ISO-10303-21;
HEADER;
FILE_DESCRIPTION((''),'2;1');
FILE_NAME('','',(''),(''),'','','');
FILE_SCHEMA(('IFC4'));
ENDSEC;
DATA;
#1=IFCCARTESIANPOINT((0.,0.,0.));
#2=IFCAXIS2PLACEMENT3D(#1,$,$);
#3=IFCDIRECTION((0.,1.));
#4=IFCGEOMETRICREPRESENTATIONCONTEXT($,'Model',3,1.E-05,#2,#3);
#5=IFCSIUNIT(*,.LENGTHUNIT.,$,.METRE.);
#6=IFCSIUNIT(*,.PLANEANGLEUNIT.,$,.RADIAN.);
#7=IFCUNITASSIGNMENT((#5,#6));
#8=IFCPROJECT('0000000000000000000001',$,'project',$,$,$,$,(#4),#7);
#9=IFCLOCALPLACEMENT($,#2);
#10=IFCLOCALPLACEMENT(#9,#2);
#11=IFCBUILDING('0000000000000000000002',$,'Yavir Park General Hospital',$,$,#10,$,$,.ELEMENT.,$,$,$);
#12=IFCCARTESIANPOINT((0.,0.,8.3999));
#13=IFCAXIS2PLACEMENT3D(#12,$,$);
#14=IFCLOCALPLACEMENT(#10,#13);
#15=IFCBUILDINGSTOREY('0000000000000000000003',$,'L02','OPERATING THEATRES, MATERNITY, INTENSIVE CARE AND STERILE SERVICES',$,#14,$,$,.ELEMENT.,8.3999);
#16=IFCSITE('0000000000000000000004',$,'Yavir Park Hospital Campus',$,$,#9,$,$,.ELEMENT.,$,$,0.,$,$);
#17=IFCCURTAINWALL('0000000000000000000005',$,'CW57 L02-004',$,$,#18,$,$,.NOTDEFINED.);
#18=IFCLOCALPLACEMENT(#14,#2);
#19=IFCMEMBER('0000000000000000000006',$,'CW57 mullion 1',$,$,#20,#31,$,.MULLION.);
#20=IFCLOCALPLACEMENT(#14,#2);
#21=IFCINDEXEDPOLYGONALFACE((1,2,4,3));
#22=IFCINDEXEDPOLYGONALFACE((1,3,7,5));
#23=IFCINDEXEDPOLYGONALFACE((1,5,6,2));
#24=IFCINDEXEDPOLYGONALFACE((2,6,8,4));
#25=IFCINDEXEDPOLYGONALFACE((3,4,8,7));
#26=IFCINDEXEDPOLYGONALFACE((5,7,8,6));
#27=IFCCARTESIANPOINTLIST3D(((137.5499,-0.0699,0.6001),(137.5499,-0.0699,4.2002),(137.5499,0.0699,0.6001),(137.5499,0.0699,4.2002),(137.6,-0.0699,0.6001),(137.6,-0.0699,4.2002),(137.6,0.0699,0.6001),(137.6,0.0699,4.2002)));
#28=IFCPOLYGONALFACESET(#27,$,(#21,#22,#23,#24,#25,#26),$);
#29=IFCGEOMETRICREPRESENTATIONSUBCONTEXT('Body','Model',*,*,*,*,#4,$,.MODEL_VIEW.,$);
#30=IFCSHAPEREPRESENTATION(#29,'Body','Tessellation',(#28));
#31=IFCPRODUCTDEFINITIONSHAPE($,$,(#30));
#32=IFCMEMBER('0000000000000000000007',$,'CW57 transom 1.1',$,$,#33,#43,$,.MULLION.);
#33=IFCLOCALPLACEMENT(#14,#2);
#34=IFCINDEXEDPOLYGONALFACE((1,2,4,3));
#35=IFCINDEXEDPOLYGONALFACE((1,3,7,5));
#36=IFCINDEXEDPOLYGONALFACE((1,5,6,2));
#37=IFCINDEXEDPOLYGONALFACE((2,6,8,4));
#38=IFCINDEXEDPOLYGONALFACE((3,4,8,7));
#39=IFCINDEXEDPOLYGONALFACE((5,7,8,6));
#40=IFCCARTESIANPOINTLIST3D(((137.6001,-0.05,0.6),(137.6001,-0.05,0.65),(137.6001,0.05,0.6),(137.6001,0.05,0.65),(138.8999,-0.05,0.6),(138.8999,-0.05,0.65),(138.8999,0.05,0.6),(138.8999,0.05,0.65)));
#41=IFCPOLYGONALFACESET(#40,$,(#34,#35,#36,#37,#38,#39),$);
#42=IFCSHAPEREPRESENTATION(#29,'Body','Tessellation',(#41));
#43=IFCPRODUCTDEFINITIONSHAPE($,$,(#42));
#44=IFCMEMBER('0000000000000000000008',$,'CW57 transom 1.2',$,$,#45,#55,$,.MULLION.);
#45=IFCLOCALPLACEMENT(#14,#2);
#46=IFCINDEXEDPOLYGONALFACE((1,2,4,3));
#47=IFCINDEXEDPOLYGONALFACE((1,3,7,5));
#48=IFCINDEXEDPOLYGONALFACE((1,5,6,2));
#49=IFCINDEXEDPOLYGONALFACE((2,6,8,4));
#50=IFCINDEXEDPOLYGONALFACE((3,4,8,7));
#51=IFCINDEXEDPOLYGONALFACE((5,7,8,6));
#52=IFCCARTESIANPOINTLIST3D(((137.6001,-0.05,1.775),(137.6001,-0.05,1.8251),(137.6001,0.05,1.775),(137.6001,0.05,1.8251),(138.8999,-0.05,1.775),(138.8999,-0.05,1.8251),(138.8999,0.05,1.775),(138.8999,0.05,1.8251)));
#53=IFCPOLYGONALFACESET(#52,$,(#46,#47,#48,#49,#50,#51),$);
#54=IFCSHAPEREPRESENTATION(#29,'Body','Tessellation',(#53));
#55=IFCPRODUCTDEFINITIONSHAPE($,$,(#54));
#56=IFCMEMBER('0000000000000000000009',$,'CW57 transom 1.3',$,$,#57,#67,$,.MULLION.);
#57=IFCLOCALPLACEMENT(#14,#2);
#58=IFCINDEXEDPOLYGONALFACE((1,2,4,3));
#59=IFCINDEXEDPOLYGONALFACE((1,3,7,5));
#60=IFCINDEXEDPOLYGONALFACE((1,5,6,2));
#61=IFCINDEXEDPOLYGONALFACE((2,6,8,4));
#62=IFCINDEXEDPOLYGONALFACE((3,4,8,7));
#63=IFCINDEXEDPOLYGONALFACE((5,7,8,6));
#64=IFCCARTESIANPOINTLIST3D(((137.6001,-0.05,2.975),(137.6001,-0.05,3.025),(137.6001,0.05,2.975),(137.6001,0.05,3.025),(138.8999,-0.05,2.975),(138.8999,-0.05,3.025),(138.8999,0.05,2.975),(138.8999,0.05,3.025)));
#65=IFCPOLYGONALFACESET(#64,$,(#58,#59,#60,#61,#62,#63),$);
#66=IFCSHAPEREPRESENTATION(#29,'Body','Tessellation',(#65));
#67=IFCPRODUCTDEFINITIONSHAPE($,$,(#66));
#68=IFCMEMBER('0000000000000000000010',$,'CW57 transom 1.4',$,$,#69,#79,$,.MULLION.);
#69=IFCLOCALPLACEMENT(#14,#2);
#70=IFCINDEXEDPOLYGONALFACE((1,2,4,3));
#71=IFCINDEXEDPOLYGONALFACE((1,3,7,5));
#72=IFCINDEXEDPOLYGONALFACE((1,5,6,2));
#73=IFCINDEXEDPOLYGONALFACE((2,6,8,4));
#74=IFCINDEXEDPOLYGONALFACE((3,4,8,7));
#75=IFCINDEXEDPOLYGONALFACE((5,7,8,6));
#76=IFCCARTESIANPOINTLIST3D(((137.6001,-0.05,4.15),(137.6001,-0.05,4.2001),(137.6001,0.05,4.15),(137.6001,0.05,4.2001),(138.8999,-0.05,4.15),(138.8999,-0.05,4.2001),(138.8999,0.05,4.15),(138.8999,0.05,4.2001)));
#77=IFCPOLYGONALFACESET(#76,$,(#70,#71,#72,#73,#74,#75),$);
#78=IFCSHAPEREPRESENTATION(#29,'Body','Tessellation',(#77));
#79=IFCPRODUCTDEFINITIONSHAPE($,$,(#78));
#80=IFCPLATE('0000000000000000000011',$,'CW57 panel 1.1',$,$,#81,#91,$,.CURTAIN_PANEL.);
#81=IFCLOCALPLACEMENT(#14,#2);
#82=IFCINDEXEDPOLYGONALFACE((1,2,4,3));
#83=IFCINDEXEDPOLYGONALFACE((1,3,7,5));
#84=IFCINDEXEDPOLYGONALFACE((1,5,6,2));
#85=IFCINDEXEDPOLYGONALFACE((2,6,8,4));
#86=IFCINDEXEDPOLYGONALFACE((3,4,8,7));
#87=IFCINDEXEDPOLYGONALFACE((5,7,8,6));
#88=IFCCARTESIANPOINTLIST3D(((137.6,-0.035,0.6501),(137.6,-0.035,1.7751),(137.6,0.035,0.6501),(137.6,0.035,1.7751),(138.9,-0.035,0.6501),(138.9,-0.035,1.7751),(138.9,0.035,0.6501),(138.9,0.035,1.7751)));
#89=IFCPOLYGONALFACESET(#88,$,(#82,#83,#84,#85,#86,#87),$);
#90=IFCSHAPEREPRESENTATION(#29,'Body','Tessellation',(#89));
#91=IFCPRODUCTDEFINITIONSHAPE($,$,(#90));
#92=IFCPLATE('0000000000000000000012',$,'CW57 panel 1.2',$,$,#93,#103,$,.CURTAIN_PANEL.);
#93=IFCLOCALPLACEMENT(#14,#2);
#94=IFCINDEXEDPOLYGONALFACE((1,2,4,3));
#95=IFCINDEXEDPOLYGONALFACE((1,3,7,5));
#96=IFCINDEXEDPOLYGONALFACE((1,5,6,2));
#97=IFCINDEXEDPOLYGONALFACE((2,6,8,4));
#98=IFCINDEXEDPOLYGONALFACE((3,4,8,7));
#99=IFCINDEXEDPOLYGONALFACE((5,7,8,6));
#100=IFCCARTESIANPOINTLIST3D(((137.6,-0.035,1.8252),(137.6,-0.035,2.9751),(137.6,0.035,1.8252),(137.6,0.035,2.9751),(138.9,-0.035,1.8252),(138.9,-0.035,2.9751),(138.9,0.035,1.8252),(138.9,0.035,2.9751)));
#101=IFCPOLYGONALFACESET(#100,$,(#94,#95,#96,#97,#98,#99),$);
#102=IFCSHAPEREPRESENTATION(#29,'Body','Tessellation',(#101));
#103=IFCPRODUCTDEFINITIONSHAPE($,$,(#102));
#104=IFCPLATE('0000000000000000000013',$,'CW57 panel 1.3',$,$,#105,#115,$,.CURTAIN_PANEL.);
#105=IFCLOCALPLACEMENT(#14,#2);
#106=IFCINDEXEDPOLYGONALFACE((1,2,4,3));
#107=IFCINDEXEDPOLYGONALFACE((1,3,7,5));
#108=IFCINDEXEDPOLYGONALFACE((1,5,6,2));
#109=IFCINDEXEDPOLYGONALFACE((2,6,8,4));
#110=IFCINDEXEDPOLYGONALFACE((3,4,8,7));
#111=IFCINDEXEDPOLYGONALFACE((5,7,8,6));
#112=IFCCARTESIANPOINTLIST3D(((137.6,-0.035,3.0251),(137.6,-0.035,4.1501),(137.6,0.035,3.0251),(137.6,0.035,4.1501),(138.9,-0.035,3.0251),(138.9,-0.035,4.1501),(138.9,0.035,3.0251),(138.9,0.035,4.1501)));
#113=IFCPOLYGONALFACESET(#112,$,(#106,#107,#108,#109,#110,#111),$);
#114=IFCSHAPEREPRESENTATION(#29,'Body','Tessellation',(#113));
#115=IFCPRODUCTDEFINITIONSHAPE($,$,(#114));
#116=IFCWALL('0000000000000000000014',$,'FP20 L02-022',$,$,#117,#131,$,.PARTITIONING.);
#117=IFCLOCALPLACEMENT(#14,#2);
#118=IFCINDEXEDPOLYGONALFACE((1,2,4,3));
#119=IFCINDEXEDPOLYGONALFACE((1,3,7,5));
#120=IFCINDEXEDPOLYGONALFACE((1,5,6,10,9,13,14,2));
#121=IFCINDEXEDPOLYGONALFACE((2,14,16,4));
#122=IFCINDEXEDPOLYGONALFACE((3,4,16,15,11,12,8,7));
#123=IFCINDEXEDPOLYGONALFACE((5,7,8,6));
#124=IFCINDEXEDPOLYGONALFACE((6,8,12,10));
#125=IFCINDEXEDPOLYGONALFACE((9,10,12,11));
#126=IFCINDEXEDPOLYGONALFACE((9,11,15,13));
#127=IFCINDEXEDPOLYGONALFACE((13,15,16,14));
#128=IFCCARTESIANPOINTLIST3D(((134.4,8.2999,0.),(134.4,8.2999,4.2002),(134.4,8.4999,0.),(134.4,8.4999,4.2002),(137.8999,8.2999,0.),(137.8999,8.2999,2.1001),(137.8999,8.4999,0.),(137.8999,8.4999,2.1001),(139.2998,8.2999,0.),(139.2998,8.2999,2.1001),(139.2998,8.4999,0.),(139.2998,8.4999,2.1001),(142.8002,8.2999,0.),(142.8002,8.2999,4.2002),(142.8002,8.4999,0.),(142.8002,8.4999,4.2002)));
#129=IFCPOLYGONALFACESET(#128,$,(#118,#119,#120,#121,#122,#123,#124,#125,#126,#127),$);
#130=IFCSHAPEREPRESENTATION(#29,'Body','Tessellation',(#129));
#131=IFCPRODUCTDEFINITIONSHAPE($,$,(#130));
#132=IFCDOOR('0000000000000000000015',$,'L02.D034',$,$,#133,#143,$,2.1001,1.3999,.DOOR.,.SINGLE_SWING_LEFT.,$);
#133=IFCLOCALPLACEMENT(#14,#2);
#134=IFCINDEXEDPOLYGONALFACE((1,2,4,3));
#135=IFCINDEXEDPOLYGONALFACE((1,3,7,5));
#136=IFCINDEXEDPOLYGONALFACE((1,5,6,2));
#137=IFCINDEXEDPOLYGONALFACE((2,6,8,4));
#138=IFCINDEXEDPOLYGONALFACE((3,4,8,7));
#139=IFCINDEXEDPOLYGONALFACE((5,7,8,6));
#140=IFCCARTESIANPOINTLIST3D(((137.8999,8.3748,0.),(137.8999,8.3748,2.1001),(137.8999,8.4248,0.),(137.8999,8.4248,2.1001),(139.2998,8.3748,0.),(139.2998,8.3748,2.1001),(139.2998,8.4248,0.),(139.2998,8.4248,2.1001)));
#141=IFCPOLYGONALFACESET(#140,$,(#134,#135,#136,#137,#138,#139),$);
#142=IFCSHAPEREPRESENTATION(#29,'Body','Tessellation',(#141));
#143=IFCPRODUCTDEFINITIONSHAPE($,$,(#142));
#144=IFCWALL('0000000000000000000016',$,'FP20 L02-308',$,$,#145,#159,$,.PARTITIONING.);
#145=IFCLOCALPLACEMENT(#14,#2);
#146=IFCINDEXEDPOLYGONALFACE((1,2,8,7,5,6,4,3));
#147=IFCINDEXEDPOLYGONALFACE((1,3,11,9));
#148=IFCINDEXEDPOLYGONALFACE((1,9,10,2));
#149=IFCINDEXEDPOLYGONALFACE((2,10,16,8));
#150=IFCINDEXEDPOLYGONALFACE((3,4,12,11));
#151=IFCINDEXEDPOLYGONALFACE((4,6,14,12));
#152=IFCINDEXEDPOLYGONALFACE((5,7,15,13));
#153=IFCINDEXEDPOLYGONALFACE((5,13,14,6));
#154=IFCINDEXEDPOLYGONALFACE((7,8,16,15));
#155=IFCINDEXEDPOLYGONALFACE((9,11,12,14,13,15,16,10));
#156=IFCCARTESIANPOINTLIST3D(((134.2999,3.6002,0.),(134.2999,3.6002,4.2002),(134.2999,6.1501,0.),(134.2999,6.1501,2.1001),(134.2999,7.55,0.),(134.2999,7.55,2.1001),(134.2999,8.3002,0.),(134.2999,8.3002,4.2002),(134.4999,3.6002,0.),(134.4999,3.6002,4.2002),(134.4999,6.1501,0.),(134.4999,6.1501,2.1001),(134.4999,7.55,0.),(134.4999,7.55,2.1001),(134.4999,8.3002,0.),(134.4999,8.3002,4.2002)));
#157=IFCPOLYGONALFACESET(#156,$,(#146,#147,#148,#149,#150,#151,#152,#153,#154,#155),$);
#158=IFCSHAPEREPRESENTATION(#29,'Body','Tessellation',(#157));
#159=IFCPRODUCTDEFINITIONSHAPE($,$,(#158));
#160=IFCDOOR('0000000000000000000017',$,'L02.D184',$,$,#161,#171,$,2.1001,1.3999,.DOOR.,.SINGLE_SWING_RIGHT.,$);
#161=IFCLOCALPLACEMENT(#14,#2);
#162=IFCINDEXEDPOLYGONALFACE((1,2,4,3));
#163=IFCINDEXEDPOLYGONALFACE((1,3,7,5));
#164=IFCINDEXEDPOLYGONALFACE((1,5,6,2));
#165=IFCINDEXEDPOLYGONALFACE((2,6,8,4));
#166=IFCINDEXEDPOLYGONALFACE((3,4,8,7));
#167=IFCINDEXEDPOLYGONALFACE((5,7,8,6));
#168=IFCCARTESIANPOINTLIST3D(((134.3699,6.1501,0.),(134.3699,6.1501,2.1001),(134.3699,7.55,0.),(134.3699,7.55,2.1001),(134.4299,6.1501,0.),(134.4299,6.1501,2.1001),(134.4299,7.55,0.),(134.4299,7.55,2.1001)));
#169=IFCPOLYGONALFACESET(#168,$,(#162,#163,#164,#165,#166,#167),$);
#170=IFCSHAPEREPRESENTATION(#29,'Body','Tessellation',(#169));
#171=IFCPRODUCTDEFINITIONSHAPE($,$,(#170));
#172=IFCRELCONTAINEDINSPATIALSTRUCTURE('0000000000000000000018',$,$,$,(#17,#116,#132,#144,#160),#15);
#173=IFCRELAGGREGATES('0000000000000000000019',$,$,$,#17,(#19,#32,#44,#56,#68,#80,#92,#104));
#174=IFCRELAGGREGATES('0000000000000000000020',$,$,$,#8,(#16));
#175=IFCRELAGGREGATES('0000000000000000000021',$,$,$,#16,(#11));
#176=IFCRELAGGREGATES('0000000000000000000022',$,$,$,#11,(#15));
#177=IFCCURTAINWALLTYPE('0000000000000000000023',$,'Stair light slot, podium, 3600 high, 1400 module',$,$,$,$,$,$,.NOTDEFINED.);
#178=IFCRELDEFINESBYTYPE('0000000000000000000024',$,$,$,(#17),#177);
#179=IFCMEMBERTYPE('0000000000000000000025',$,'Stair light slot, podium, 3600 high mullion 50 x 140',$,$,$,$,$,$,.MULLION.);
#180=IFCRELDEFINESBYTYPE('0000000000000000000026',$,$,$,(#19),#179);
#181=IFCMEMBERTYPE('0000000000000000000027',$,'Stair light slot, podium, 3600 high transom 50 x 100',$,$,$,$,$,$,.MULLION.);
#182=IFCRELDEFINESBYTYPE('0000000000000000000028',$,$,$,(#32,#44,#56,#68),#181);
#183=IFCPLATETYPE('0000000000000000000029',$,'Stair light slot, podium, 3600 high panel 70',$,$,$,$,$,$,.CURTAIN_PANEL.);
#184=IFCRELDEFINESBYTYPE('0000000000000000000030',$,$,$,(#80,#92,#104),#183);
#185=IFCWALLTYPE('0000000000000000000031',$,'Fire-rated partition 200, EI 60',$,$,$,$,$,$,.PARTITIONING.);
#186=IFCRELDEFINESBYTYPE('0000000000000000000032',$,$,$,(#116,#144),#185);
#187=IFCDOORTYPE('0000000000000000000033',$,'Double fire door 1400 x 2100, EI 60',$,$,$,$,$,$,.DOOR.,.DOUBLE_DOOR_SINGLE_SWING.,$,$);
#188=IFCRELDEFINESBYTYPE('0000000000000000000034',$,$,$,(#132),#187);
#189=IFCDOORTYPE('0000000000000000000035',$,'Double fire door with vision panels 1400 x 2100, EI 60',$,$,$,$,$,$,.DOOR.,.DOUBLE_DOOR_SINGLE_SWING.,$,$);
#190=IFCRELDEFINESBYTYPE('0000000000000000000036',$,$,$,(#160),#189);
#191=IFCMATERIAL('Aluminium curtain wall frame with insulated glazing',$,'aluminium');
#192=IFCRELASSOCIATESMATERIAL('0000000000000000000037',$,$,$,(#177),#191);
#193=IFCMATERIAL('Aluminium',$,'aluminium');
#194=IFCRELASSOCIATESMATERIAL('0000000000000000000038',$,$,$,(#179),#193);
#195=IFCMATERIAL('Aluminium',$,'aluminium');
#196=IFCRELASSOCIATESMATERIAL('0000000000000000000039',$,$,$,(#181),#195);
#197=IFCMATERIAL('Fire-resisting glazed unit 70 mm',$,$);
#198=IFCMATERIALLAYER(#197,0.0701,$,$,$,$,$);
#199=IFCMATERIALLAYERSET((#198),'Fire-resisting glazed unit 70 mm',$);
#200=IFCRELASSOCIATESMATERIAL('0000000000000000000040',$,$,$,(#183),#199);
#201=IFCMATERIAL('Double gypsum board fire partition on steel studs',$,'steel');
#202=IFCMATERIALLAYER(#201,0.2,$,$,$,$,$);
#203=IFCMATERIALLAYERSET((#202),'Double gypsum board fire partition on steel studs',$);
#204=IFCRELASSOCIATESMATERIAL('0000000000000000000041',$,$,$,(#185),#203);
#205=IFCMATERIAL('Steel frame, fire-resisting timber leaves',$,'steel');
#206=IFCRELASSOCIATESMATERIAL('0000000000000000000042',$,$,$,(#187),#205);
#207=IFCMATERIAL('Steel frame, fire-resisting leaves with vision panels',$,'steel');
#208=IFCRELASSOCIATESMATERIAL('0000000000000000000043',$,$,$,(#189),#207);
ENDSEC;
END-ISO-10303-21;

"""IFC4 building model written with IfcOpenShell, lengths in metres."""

from ifc_helpers import new_model, si_unit, direction, frame, frame_2d, origin, origin_2d, place, context, subcontext, project, spatial, rectangle, extrude, material, layer, layer_set, material_profile, profile_set, type_object, element, fill, aggregate, save


model = new_model("IFC4")

# Units and contexts
model_context = context("Model", 3, precision=1e-05, world=origin(), true_north=direction((0.0, 1.0)))
body_context = subcontext(model_context, "Body", "Model", "MODEL_VIEW")
ifc_project = project(units=[si_unit("LENGTHUNIT", "METRE"), si_unit("PLANEANGLEUNIT", "RADIAN")], contexts=[model_context])

# Site, building, storey
site_placement = place(None, origin())
site = spatial("IfcSite", under=ifc_project, at=site_placement, Name="Yavir Park Hospital Campus", CompositionType="ELEMENT", RefElevation=0.0)
building_placement = place(site_placement, origin())
building = spatial("IfcBuilding", under=site, at=building_placement, Name="Yavir Park General Hospital", CompositionType="ELEMENT")
storey_placement = place(building_placement, frame((0.0, 0.0, 8.3999)))
storey = spatial("IfcBuildingStorey", under=building, at=storey_placement, Name="L02", Description="OPERATING THEATRES, MATERNITY, INTENSIVE CARE AND STERILE SERVICES", CompositionType="ELEMENT", Elevation=8.3999)

# Curtain wall, members, plates
ifc_material_1 = material(Name="Aluminium curtain wall frame with insulated glazing", Category="aluminium")
curtain_wall_type = type_object("IfcCurtainWallType", Name="Stair light slot, podium, 3600 high, 1400 module", PredefinedType="NOTDEFINED", material=ifc_material_1)
curtain_wall_placement = place(storey_placement, origin())
curtain_wall = element("IfcCurtainWall", 1, at=curtain_wall_placement, inside=storey, type_object=curtain_wall_type, Name="CW57 L02-004", PredefinedType="NOTDEFINED")
ifc_material_2 = material(Name="Aluminium", Category="aluminium")
ifc_material_profile_1 = material_profile(ifc_material_2, rectangle(XDim=0.1399, YDim=0.05, at=origin_2d()), Name="AL 50x140")
ifc_profile_set_1 = profile_set([ifc_material_profile_1], Name="Aluminium")
member_type_1 = type_object("IfcMemberType", Name="Stair light slot, podium, 3600 high mullion 50 x 140", PredefinedType="MULLION", material=ifc_profile_set_1)
member_1_placement = place(storey_placement, frame((137.575, 0.0, 0.6001), z_axis=(0.0, 0.0, 1.0), x_axis=(0.0, 1.0, 0.0)))
member_1 = element("IfcMember", 2, at=member_1_placement, type_object=member_type_1, Name="CW57 mullion 1", PredefinedType="MULLION", context=body_context, shape_type="SweptSolid", body=[
    extrude(rectangle(XDim=0.1399, YDim=0.05, at=origin_2d()), origin(), (0.0, 0.0, 1.0), 3.6001),
])
ifc_material_3 = material(Name="Aluminium", Category="aluminium")
ifc_material_profile_2 = material_profile(ifc_material_3, rectangle(XDim=0.1001, YDim=0.05, at=origin_2d()), Name="AL 100x50")
ifc_profile_set_2 = profile_set([ifc_material_profile_2], Name="Aluminium")
member_type_2 = type_object("IfcMemberType", Name="Stair light slot, podium, 3600 high transom 50 x 100", PredefinedType="MULLION", material=ifc_profile_set_2)
member_2_placement = place(storey_placement, frame((137.6001, 0.0, 0.625), z_axis=(1.0, 0.0, 0.0), x_axis=(0.0, 1.0, 0.0)))
member_2 = element("IfcMember", 3, at=member_2_placement, type_object=member_type_2, Name="CW57 transom 1.1", PredefinedType="MULLION", context=body_context, shape_type="SweptSolid", body=[
    extrude(rectangle(XDim=0.1001, YDim=0.05, at=origin_2d()), origin(), (0.0, 0.0, 1.0), 1.2998),
])
member_3_placement = place(storey_placement, frame((137.6001, 0.0, 1.8), z_axis=(1.0, 0.0, 0.0), x_axis=(0.0, 1.0, 0.0)))
member_3 = element("IfcMember", 4, at=member_3_placement, type_object=member_type_2, Name="CW57 transom 1.2", PredefinedType="MULLION", context=body_context, shape_type="SweptSolid", body=[
    extrude(rectangle(XDim=0.1001, YDim=0.05, at=origin_2d()), origin(), (0.0, 0.0, 1.0), 1.2998),
])
member_4_placement = place(storey_placement, frame((137.6001, 0.0, 3.0), z_axis=(1.0, 0.0, 0.0), x_axis=(0.0, 1.0, 0.0)))
member_4 = element("IfcMember", 5, at=member_4_placement, type_object=member_type_2, Name="CW57 transom 1.3", PredefinedType="MULLION", context=body_context, shape_type="SweptSolid", body=[
    extrude(rectangle(XDim=0.1001, YDim=0.05, at=origin_2d()), origin(), (0.0, 0.0, 1.0), 1.2998),
])
member_5_placement = place(storey_placement, frame((137.6001, 0.0, 4.175), z_axis=(1.0, 0.0, 0.0), x_axis=(0.0, 1.0, 0.0)))
member_5 = element("IfcMember", 6, at=member_5_placement, type_object=member_type_2, Name="CW57 transom 1.4", PredefinedType="MULLION", context=body_context, shape_type="SweptSolid", body=[
    extrude(rectangle(XDim=0.1001, YDim=0.05, at=origin_2d()), origin(), (0.0, 0.0, 1.0), 1.2998),
])
ifc_material_4 = material(Name="Fire-resisting glazed unit 70 mm")
ifc_layer_1 = layer(ifc_material_4, 0.0701)
ifc_layer_set_1 = layer_set([ifc_layer_1], Name="Fire-resisting glazed unit 70 mm")
plate_type = type_object("IfcPlateType", Name="Stair light slot, podium, 3600 high panel 70", PredefinedType="CURTAIN_PANEL", material=ifc_layer_set_1)
plate_1_placement = place(storey_placement, frame((138.25, 0.0, 0.6501), z_axis=(0.0, 0.0, 1.0), x_axis=(1.0, 0.0, 0.0)))
plate_1 = element("IfcPlate", 7, at=plate_1_placement, type_object=plate_type, Name="CW57 panel 1.1", PredefinedType="CURTAIN_PANEL", context=body_context, shape_type="SweptSolid", body=[
    extrude(rectangle(XDim=1.3, YDim=0.0701, at=origin_2d()), origin(), (0.0, 0.0, 1.0), 1.125),
])
plate_2_placement = place(storey_placement, frame((138.25, 0.0, 1.8252), z_axis=(0.0, 0.0, 1.0), x_axis=(1.0, 0.0, 0.0)))
plate_2 = element("IfcPlate", 8, at=plate_2_placement, type_object=plate_type, Name="CW57 panel 1.2", PredefinedType="CURTAIN_PANEL", context=body_context, shape_type="SweptSolid", body=[
    extrude(rectangle(XDim=1.3, YDim=0.0701, at=origin_2d()), origin(), (0.0, 0.0, 1.0), 1.1499),
])
plate_3_placement = place(storey_placement, frame((138.25, 0.0, 3.0251), z_axis=(0.0, 0.0, 1.0), x_axis=(1.0, 0.0, 0.0)))
plate_3 = element("IfcPlate", 9, at=plate_3_placement, type_object=plate_type, Name="CW57 panel 1.3", PredefinedType="CURTAIN_PANEL", context=body_context, shape_type="SweptSolid", body=[
    extrude(rectangle(XDim=1.3, YDim=0.0701, at=origin_2d()), origin(), (0.0, 0.0, 1.0), 1.125),
])
aggregate(curtain_wall, [member_1, member_2, member_3, member_4, member_5, plate_1, plate_2, plate_3])

# Walls, openings, doors
ifc_material_5 = material(Name="Double gypsum board fire partition on steel studs", Category="steel")
ifc_layer_2 = layer(ifc_material_5, 0.2)
ifc_layer_set_2 = layer_set([ifc_layer_2], Name="Double gypsum board fire partition on steel studs")
wall_type_1 = type_object("IfcWallType", Name="Fire-rated partition 200, EI 60", PredefinedType="PARTITIONING", material=ifc_layer_set_2)
wall_1_placement = place(storey_placement, frame((134.3999, 8.3999, 0.0), z_axis=(0.0, 0.0, 1.0), x_axis=(1.0, 0.0, 0.0)))
wall_1 = element("IfcWall", 10, at=wall_1_placement, inside=storey, type_object=wall_type_1, Name="FP20 L02-022", PredefinedType="PARTITIONING", context=body_context, shape_type="SweptSolid", body=[
    extrude(rectangle(XDim=8.4001, YDim=0.2, at=frame_2d((4.2002, 0.0))), origin(), (0.0, 0.0, 1.0), 4.2002),
])
opening_1_placement = place(wall_1_placement, frame((3.5, 0.0, 0.0)))
opening_1 = element("IfcOpeningElement", 11, at=opening_1_placement, cuts=wall_1, PredefinedType="OPENING", context=body_context, shape_type="SweptSolid", body=[
    extrude(rectangle(XDim=1.3999, YDim=2.1001, at=frame_2d((0.7, 1.05))), frame((0.0, 0.1099, 0.0), z_axis=(0.0, -1.0, 0.0), x_axis=(1.0, 0.0, 0.0)), (0.0, 0.0, 1.0), 0.22),
])
ifc_material_6 = material(Name="Steel frame, fire-resisting timber leaves", Category="steel")
door_type_1 = type_object("IfcDoorType", Name="Double fire door 1400 x 2100, EI 60", OperationType="DOUBLE_DOOR_SINGLE_SWING", PredefinedType="DOOR", material=ifc_material_6)
door_1_placement = place(opening_1_placement, origin())
door_1 = element("IfcDoor", 12, at=door_1_placement, inside=storey, type_object=door_type_1, Name="L02.D034", OperationType="SINGLE_SWING_LEFT", OverallHeight=2.1001, OverallWidth=1.3999, PredefinedType="DOOR", context=body_context, shape_type="SweptSolid", body=[
    extrude(rectangle(XDim=1.3999, YDim=2.1001, at=frame_2d((0.7, 1.05))), frame((0.0, 0.0249, 0.0), z_axis=(0.0, -1.0, 0.0), x_axis=(1.0, 0.0, 0.0)), (0.0, 0.0, 1.0), 0.05),
])
fill(opening_1, door_1)
wall_2_placement = place(storey_placement, frame((134.3999, 3.6001, 0.0), z_axis=(0.0, 0.0, 1.0), x_axis=(0.0, 1.0, 0.0)))
wall_2 = element("IfcWall", 13, at=wall_2_placement, inside=storey, type_object=wall_type_1, Name="FP20 L02-308", PredefinedType="PARTITIONING", context=body_context, shape_type="SweptSolid", body=[
    extrude(rectangle(XDim=4.7, YDim=0.2, at=frame_2d((2.3501, 0.0))), origin(), (0.0, 0.0, 1.0), 4.2002),
])
opening_2_placement = place(wall_2_placement, frame((2.55, 0.0, 0.0)))
opening_2 = element("IfcOpeningElement", 14, at=opening_2_placement, cuts=wall_2, PredefinedType="OPENING", context=body_context, shape_type="SweptSolid", body=[
    extrude(rectangle(XDim=1.3999, YDim=2.1001, at=frame_2d((0.7, 1.05))), frame((0.0, 0.1099, 0.0), z_axis=(0.0, -1.0, 0.0), x_axis=(1.0, 0.0, 0.0)), (0.0, 0.0, 1.0), 0.22),
])
ifc_material_7 = material(Name="Steel frame, fire-resisting leaves with vision panels", Category="steel")
door_type_2 = type_object("IfcDoorType", Name="Double fire door with vision panels 1400 x 2100, EI 60", OperationType="DOUBLE_DOOR_SINGLE_SWING", PredefinedType="DOOR", material=ifc_material_7)
door_2_placement = place(opening_2_placement, origin())
door_2 = element("IfcDoor", 15, at=door_2_placement, inside=storey, type_object=door_type_2, Name="L02.D184", OperationType="SINGLE_SWING_RIGHT", OverallHeight=2.1001, OverallWidth=1.3999, PredefinedType="DOOR", context=body_context, shape_type="SweptSolid", body=[
    extrude(rectangle(XDim=1.3999, YDim=2.1001, at=frame_2d((0.7, 1.05))), frame((0.0, 0.03, 0.0), z_axis=(0.0, -1.0, 0.0), x_axis=(1.0, 0.0, 0.0)), (0.0, 0.0, 1.0), 0.0601),
])
fill(opening_2, door_2)

save(model, "model.ifc")
